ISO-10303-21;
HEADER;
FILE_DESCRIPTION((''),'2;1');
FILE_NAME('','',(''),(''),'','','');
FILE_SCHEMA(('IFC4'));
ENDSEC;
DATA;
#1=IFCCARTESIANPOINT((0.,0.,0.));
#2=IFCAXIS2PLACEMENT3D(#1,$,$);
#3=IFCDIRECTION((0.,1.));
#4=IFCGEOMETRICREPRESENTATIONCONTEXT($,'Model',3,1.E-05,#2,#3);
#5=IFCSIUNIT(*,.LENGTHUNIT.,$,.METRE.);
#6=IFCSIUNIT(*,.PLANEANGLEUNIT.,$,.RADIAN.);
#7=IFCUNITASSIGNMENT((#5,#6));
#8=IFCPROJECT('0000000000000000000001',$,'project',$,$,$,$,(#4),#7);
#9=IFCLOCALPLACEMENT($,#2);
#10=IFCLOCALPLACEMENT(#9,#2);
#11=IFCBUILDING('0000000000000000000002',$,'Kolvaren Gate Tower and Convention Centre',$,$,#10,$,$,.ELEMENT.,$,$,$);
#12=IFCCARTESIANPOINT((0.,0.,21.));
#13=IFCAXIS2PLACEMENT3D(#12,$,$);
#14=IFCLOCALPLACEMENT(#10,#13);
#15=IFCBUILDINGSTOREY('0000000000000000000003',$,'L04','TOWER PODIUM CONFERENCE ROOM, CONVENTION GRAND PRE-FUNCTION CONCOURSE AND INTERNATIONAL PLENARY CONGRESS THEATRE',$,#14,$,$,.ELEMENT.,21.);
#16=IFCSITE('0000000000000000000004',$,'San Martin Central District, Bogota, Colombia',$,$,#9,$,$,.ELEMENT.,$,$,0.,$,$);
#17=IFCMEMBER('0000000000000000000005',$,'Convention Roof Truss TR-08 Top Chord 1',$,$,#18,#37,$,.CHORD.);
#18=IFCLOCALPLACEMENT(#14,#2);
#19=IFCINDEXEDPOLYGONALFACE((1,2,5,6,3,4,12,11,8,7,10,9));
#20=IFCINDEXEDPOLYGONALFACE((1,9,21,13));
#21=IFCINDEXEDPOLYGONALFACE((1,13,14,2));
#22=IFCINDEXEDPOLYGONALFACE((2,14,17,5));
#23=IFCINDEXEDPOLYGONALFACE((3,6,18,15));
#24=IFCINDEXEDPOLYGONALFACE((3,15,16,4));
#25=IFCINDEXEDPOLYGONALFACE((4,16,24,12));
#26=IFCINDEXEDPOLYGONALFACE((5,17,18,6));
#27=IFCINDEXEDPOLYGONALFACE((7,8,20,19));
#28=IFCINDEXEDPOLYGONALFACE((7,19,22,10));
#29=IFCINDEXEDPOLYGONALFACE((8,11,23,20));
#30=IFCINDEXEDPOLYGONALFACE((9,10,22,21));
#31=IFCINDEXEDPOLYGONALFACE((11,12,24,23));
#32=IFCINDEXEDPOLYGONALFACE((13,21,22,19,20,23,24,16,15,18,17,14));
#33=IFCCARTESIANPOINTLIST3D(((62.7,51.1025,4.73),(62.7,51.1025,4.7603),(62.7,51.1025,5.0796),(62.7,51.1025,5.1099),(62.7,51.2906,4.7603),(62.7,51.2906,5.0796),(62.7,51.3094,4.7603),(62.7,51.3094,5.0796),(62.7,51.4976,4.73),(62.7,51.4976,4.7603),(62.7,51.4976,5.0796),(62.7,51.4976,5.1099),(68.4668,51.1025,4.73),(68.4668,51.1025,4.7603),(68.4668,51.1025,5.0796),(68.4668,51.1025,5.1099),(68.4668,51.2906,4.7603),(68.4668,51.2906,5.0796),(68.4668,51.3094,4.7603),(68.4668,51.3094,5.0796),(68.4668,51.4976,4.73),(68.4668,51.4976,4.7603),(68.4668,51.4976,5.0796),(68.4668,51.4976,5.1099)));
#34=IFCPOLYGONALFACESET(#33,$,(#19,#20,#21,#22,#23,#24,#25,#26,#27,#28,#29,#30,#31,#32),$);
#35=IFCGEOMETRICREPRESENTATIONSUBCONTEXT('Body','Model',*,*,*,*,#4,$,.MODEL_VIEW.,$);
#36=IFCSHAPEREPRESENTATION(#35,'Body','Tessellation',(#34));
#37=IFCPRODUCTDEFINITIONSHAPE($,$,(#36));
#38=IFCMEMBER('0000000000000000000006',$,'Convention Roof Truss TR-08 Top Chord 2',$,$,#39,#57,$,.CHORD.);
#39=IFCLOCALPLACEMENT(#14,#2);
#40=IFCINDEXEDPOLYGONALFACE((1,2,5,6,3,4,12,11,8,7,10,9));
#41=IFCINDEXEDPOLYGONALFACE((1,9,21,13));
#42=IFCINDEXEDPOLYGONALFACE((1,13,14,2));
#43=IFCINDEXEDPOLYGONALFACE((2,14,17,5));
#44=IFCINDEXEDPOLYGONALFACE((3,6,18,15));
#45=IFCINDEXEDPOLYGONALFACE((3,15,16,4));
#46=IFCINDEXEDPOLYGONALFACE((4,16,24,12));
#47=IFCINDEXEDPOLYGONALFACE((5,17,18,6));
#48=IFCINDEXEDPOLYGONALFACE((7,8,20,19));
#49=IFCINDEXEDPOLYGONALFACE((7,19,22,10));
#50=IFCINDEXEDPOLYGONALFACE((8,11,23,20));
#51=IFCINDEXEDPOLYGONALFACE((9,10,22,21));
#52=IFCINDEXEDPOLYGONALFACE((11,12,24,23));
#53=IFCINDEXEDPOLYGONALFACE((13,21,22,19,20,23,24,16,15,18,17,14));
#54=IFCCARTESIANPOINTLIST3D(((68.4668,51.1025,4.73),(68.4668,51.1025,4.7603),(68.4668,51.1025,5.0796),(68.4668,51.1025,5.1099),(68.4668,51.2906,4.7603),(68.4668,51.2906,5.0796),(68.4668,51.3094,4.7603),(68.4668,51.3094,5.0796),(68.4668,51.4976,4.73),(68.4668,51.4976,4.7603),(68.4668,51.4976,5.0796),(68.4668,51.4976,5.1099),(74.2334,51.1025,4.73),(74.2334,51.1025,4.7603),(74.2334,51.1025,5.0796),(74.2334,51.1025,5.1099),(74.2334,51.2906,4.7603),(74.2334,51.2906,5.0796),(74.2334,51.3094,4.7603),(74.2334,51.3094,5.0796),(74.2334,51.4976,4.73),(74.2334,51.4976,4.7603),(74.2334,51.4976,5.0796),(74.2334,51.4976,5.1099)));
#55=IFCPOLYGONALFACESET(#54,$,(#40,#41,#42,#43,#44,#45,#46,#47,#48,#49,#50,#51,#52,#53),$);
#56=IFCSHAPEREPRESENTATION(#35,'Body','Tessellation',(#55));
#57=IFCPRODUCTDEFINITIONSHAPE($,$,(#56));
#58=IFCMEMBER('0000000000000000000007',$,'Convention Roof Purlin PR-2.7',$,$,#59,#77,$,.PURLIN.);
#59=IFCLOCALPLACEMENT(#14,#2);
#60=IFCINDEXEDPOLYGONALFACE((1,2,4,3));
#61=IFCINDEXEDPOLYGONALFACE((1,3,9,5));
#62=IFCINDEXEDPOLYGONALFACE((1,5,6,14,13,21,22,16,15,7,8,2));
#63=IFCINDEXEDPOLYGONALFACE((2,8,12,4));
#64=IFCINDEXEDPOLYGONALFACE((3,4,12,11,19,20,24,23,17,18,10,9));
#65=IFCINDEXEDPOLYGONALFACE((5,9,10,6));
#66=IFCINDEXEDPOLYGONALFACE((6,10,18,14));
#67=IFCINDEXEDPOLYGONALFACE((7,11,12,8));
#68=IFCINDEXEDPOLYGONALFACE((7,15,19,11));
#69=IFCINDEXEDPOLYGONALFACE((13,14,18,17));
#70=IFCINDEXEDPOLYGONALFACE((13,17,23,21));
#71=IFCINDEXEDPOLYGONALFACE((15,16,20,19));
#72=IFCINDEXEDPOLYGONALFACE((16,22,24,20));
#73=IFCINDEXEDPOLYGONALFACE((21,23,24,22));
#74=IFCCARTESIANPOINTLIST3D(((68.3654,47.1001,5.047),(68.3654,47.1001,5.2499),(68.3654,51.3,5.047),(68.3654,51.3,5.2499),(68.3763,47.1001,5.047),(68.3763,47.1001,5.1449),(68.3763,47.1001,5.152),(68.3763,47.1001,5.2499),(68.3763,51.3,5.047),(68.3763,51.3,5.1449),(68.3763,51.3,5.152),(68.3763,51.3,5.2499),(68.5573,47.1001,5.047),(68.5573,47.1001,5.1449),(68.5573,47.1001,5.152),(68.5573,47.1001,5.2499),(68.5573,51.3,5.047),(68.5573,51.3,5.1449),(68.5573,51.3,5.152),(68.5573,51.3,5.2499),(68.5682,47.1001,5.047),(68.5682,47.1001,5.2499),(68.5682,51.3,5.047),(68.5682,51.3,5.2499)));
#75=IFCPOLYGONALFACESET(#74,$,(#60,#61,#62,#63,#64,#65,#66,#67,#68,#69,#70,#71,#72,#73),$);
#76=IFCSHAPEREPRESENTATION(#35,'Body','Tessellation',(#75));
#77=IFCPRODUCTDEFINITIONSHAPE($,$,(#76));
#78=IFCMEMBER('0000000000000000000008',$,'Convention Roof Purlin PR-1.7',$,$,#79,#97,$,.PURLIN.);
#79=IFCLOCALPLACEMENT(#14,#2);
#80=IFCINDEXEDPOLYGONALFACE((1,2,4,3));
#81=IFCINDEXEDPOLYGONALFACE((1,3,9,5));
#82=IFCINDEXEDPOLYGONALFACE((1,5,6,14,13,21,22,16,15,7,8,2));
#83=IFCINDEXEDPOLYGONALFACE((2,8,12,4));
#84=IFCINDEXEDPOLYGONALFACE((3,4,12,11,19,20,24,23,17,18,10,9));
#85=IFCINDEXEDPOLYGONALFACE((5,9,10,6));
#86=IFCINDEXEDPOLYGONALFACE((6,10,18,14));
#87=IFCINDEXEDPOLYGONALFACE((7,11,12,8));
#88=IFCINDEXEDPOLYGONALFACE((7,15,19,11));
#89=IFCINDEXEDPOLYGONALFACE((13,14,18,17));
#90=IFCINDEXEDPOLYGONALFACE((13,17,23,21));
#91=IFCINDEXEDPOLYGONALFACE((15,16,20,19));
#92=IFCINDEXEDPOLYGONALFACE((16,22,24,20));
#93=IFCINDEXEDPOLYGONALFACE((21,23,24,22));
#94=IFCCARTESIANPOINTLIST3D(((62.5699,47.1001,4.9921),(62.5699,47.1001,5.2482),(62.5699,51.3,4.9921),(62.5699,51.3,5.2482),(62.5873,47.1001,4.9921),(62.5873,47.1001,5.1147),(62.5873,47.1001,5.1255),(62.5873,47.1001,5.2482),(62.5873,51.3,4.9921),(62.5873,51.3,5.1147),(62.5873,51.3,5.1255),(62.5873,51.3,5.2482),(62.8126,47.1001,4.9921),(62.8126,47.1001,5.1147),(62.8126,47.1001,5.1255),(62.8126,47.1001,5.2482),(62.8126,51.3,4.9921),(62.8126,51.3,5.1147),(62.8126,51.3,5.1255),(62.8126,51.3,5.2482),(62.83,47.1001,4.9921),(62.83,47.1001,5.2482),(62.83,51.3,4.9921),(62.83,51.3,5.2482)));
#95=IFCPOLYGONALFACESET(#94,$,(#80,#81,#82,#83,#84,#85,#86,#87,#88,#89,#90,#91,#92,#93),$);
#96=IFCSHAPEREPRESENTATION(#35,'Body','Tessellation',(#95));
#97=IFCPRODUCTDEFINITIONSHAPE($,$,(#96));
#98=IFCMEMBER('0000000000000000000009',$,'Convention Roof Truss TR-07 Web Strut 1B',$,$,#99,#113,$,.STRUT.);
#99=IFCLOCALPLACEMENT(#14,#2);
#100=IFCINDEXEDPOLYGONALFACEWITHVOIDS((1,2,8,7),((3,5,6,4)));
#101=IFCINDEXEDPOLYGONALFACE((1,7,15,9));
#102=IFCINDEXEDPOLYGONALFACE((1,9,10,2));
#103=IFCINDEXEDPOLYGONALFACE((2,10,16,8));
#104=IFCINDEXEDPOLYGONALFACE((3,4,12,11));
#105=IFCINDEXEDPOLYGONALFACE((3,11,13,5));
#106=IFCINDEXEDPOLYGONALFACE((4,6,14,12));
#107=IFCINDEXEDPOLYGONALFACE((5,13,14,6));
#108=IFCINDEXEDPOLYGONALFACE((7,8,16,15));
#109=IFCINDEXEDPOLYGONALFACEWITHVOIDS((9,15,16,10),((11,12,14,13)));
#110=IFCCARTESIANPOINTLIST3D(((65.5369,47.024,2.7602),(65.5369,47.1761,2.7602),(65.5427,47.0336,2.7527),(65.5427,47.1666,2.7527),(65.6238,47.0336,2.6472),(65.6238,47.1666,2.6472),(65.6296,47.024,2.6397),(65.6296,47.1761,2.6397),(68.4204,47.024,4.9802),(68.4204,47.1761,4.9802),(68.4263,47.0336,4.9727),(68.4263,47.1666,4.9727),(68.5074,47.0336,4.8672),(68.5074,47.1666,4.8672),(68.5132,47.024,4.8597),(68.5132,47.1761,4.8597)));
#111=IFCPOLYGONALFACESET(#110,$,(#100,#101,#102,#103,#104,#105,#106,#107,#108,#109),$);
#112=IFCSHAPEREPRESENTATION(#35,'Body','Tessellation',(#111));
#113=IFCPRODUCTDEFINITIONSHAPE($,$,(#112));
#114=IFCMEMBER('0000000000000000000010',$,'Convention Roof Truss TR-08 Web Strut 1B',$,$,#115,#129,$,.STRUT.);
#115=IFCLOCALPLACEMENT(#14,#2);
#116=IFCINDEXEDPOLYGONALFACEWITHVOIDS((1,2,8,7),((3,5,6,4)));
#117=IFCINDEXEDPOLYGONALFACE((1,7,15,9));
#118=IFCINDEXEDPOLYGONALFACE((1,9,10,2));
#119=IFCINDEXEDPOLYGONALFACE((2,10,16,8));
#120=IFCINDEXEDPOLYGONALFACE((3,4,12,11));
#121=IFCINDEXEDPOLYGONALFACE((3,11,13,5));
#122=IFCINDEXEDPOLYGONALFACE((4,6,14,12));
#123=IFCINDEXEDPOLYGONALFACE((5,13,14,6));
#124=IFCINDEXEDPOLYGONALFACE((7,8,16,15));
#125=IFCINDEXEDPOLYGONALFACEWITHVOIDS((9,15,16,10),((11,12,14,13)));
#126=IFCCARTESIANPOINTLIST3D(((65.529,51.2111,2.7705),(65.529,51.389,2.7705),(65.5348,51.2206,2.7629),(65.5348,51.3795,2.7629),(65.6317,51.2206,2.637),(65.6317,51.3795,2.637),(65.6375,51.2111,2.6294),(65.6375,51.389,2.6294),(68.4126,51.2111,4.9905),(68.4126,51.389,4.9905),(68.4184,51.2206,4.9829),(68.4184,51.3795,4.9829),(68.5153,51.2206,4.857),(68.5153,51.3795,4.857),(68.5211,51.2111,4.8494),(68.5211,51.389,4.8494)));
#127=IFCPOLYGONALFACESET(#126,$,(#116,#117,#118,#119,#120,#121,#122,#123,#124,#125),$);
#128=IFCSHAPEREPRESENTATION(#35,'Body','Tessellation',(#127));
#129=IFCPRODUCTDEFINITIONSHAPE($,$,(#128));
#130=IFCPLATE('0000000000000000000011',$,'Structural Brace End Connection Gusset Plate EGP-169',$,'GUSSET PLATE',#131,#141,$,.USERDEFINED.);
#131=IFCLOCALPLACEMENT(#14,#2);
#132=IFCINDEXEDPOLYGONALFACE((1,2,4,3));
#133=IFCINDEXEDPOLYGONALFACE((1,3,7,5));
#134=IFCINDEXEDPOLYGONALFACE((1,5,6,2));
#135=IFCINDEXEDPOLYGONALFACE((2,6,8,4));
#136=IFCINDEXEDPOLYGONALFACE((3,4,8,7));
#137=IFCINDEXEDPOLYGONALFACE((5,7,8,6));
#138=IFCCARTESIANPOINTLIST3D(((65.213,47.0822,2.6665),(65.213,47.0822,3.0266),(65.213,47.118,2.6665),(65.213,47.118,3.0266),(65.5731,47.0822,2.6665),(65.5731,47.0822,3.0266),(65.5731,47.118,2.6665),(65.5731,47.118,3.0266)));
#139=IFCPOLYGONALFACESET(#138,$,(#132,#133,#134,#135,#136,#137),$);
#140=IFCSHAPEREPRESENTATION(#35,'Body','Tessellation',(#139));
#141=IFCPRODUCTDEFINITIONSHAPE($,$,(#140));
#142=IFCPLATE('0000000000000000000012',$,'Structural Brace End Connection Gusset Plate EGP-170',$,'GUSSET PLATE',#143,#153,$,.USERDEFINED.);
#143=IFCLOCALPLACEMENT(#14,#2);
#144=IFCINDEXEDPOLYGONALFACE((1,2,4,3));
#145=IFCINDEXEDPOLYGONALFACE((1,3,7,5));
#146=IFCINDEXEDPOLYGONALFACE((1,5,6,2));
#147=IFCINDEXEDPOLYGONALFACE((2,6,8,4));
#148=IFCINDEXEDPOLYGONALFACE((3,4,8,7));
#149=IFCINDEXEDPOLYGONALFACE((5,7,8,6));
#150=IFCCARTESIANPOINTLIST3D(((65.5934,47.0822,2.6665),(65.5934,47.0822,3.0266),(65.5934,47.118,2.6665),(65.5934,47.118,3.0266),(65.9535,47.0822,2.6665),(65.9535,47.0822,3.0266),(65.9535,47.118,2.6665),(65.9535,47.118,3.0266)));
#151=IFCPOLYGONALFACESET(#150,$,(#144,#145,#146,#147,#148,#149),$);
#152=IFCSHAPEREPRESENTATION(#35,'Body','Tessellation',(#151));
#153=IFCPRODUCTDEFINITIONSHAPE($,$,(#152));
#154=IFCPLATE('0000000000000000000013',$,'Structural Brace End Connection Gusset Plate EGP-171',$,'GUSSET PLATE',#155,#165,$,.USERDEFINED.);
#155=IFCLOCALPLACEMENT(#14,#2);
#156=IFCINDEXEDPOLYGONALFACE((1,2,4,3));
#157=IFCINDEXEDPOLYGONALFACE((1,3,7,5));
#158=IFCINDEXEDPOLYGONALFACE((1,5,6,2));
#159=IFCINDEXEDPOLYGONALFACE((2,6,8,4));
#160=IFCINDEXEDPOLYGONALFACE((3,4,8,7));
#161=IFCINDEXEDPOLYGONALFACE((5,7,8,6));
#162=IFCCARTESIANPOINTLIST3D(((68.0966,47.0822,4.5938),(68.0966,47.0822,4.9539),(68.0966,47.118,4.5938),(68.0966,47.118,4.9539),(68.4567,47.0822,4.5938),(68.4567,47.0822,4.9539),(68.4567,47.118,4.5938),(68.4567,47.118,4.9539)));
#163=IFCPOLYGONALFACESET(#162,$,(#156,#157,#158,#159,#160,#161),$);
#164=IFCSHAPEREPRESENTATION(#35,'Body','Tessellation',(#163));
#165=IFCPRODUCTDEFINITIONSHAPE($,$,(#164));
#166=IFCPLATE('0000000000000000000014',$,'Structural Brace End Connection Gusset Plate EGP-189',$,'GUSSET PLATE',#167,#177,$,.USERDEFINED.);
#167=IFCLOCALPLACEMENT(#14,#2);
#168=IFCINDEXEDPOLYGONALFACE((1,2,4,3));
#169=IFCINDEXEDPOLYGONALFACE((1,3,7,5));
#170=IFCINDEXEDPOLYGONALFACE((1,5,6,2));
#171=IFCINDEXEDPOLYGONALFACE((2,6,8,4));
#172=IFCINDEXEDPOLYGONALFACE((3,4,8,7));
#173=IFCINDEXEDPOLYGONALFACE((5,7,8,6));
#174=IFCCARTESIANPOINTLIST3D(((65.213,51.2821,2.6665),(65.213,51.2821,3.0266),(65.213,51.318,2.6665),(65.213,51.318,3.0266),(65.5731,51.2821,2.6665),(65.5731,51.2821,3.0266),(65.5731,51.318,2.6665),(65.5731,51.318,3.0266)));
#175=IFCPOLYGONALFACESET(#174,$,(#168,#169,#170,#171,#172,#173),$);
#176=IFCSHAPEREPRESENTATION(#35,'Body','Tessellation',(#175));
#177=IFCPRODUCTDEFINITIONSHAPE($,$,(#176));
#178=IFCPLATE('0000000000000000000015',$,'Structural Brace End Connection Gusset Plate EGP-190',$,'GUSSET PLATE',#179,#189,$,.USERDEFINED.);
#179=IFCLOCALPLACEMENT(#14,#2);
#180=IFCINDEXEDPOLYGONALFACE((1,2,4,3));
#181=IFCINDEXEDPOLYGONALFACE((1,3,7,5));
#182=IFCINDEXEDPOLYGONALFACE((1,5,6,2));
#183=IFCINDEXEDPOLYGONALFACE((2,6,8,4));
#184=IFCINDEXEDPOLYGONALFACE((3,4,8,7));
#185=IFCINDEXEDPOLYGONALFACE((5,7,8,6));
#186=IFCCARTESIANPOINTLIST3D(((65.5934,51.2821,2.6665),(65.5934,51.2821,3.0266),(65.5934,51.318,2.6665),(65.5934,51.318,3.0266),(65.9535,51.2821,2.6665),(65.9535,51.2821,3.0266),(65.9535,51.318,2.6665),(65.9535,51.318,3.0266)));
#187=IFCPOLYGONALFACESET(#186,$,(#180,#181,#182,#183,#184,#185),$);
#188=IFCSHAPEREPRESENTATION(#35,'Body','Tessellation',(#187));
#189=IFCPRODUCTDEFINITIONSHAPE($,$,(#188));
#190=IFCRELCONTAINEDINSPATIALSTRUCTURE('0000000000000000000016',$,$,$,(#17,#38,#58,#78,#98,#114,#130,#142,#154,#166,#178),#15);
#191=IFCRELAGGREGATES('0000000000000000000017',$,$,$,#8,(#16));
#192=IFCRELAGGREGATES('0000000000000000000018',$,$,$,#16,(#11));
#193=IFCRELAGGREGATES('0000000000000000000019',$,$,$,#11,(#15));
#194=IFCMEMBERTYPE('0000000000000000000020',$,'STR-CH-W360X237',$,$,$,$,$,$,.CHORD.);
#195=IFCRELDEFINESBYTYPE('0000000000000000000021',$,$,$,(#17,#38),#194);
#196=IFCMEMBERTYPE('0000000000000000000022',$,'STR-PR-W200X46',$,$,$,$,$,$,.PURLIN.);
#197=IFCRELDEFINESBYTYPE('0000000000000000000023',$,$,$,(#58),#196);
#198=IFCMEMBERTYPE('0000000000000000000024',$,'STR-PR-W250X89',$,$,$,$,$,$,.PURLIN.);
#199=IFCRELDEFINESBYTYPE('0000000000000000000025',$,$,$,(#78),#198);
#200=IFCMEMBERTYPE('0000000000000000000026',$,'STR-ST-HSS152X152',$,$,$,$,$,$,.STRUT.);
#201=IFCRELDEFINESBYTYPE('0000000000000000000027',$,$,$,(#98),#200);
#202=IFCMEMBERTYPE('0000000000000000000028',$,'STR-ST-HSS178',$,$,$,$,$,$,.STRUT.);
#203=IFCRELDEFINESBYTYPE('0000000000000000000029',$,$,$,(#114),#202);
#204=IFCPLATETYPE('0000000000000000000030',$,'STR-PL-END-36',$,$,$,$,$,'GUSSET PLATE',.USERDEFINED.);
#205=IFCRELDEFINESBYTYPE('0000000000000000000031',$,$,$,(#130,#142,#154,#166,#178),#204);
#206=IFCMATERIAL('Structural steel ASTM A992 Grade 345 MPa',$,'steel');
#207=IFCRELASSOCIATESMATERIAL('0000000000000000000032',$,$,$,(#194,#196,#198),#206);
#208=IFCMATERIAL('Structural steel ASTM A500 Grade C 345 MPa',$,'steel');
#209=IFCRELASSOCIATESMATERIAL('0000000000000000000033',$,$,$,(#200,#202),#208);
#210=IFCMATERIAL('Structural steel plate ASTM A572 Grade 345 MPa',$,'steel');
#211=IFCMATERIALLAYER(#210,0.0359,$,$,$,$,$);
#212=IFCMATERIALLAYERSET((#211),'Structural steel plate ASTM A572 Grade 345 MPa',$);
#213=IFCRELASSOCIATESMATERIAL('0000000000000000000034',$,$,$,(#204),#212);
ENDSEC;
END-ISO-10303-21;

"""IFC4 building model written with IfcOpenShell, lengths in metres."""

from ifc_helpers import new_model, si_unit, direction, frame, origin, origin_2d, place, context, subcontext, project, spatial, rectangle, hollow_rectangle, i_section, extrude, material, layer, layer_set, material_profile, profile_set, type_object, element, save


model = new_model("IFC4")

# Units and contexts
model_context = context("Model", 3, precision=1e-05, world=origin(), true_north=direction((0.0, 1.0)))
body_context = subcontext(model_context, "Body", "Model", "MODEL_VIEW")
ifc_project = project(units=[si_unit("LENGTHUNIT", "METRE"), si_unit("PLANEANGLEUNIT", "RADIAN")], contexts=[model_context])

# Site, building, storey
site_placement = place(None, origin())
site = spatial("IfcSite", under=ifc_project, at=site_placement, Name="San Martin Central District, Bogota, Colombia", CompositionType="ELEMENT", RefElevation=0.0)
building_placement = place(site_placement, origin())
building = spatial("IfcBuilding", under=site, at=building_placement, Name="Kolvaren Gate Tower and Convention Centre", CompositionType="ELEMENT")
storey_placement = place(building_placement, frame((0.0, 0.0, 21.0)))
storey = spatial("IfcBuildingStorey", under=building, at=storey_placement, Name="L04", Description="TOWER PODIUM CONFERENCE ROOM, CONVENTION GRAND PRE-FUNCTION CONCOURSE AND INTERNATIONAL PLENARY CONGRESS THEATRE", CompositionType="ELEMENT", Elevation=21.0)

# Members
ifc_material_1 = material(Name="Structural steel ASTM A500 Grade C 345 MPa", Category="steel")
ifc_material_2 = material(Name="Structural steel ASTM A992 Grade 345 MPa", Category="steel")
ifc_material_profile_1 = material_profile(ifc_material_2, i_section(OverallWidth=0.395, OverallDepth=0.3799, WebThickness=0.0188, FlangeThickness=0.0303, at=origin_2d()), Name="W360X237")
ifc_profile_set_1 = profile_set([ifc_material_profile_1], Name="Structural steel ASTM A992 Grade 345 MPa")
member_type_1 = type_object("IfcMemberType", Name="STR-CH-W360X237", PredefinedType="CHORD", material=ifc_profile_set_1)
member_1_placement = place(storey_placement, frame((62.7, 51.3, 4.9199), z_axis=(1.0, 0.0, 0.0), x_axis=(0.0, 1.0, 0.0)))
element("IfcMember", 1, at=member_1_placement, inside=storey, type_object=member_type_1, Name="Convention Roof Truss TR-08 Top Chord 1", PredefinedType="CHORD", context=body_context, shape_type="SweptSolid", body=[
    extrude(i_section(OverallWidth=0.395, OverallDepth=0.3799, WebThickness=0.0188, FlangeThickness=0.0303, at=origin_2d()), origin(), (0.0, 0.0, 1.0), 5.7668),
])
member_2_placement = place(storey_placement, frame((68.4668, 51.3, 4.9199), z_axis=(1.0, 0.0, 0.0), x_axis=(0.0, 1.0, 0.0)))
element("IfcMember", 2, at=member_2_placement, inside=storey, type_object=member_type_1, Name="Convention Roof Truss TR-08 Top Chord 2", PredefinedType="CHORD", context=body_context, shape_type="SweptSolid", body=[
    extrude(i_section(OverallWidth=0.395, OverallDepth=0.3799, WebThickness=0.0188, FlangeThickness=0.0303, at=origin_2d()), origin(), (0.0, 0.0, 1.0), 5.7666),
])
ifc_material_profile_2 = material_profile(ifc_material_2, i_section(OverallWidth=0.2029, OverallDepth=0.2029, WebThickness=0.0071, FlangeThickness=0.011, at=origin_2d()), Name="W200X46")
ifc_profile_set_2 = profile_set([ifc_material_profile_2], Name="Structural steel ASTM A992 Grade 345 MPa")
member_type_2 = type_object("IfcMemberType", Name="STR-PR-W200X46", PredefinedType="PURLIN", material=ifc_profile_set_2)
member_3_placement = place(storey_placement, frame((68.4668, 47.1001, 5.1484), z_axis=(0.0, 1.0, 0.0), x_axis=(0.0, 0.0, 1.0)))
element("IfcMember", 3, at=member_3_placement, inside=storey, type_object=member_type_2, Name="Convention Roof Purlin PR-2.7", PredefinedType="PURLIN", context=body_context, shape_type="SweptSolid", body=[
    extrude(i_section(OverallWidth=0.2029, OverallDepth=0.2029, WebThickness=0.0071, FlangeThickness=0.011, at=origin_2d()), origin(), (0.0, 0.0, 1.0), 4.2),
])
ifc_material_profile_3 = material_profile(ifc_material_2, i_section(OverallWidth=0.2561, OverallDepth=0.26, WebThickness=0.0107, FlangeThickness=0.0173, at=origin_2d()), Name="W250X89")
ifc_profile_set_3 = profile_set([ifc_material_profile_3], Name="Structural steel ASTM A992 Grade 345 MPa")
member_type_3 = type_object("IfcMemberType", Name="STR-PR-W250X89", PredefinedType="PURLIN", material=ifc_profile_set_3)
member_4_placement = place(storey_placement, frame((62.7, 47.1001, 5.1201), z_axis=(0.0, 1.0, 0.0), x_axis=(0.0, 0.0, 1.0)))
element("IfcMember", 4, at=member_4_placement, inside=storey, type_object=member_type_3, Name="Convention Roof Purlin PR-1.7", PredefinedType="PURLIN", context=body_context, shape_type="SweptSolid", body=[
    extrude(i_section(OverallWidth=0.2561, OverallDepth=0.26, WebThickness=0.0107, FlangeThickness=0.0173, at=origin_2d()), origin(), (0.0, 0.0, 1.0), 4.2),
])
ifc_material_profile_4 = material_profile(ifc_material_1, hollow_rectangle(XDim=0.1521, YDim=0.1521, WallThickness=0.0095, at=origin_2d()), Name="HSS152X152X9.5")
ifc_profile_set_4 = profile_set([ifc_material_profile_4], Name="Structural steel ASTM A500 Grade C 345 MPa")
member_type_4 = type_object("IfcMemberType", Name="STR-ST-HSS152X152", PredefinedType="STRUT", material=ifc_profile_set_4)
member_5_placement = place(storey_placement, frame((65.5833, 47.1001, 2.7), z_axis=(0.792377, 0.0, 0.610032), x_axis=(0.0, 1.0, 0.0)))
element("IfcMember", 5, at=member_5_placement, inside=storey, type_object=member_type_4, Name="Convention Roof Truss TR-07 Web Strut 1B", PredefinedType="STRUT", context=body_context, shape_type="SweptSolid", body=[
    extrude(hollow_rectangle(XDim=0.1521, YDim=0.1521, WallThickness=0.0095, at=origin_2d()), origin(), (0.0, 0.0, 1.0), 3.6392),
])
ifc_material_profile_5 = material_profile(ifc_material_1, hollow_rectangle(XDim=0.178, YDim=0.178, WallThickness=0.0095, at=origin_2d()), Name="HSS178X178X9.5")
ifc_profile_set_5 = profile_set([ifc_material_profile_5], Name="Structural steel ASTM A500 Grade C 345 MPa")
member_type_5 = type_object("IfcMemberType", Name="STR-ST-HSS178", PredefinedType="STRUT", material=ifc_profile_set_5)
member_6_placement = place(storey_placement, frame((65.5833, 51.3, 2.7), z_axis=(0.792377, 0.0, 0.610032), x_axis=(0.0, 1.0, 0.0)))
element("IfcMember", 6, at=member_6_placement, inside=storey, type_object=member_type_5, Name="Convention Roof Truss TR-08 Web Strut 1B", PredefinedType="STRUT", context=body_context, shape_type="SweptSolid", body=[
    extrude(hollow_rectangle(XDim=0.178, YDim=0.178, WallThickness=0.0095, at=origin_2d()), origin(), (0.0, 0.0, 1.0), 3.6392),
])

# Plates
ifc_material_3 = material(Name="Structural steel plate ASTM A572 Grade 345 MPa", Category="steel")
ifc_layer_1 = layer(ifc_material_3, 0.0359)
ifc_layer_set_1 = layer_set([ifc_layer_1], Name="Structural steel plate ASTM A572 Grade 345 MPa")
plate_type_1 = type_object("IfcPlateType", Name="STR-PL-END-36", ElementType="GUSSET PLATE", PredefinedType="USERDEFINED", material=ifc_layer_set_1)
for number, where, z_axis, x_axis, name in (
    (7, (65.3931, 47.1001, 2.6665), (0.0, 0.0, 1.0), (1.0, 0.0, 0.0), "Structural Brace End Connection Gusset Plate EGP-169"),
    (8, (65.7734, 47.1001, 2.6665), (0.0, 0.0, 1.0), (1.0, 0.0, 0.0), "Structural Brace End Connection Gusset Plate EGP-170"),
    (9, (68.2766, 47.1001, 4.5938), (0.0, 0.0, 1.0), (1.0, 0.0, 0.0), "Structural Brace End Connection Gusset Plate EGP-171"),
    (10, (65.3931, 51.3, 2.6665), (0.0, 0.0, 1.0), (1.0, 0.0, 0.0), "Structural Brace End Connection Gusset Plate EGP-189"),
    (11, (65.7734, 51.3, 2.6665), (0.0, 0.0, 1.0), (1.0, 0.0, 0.0), "Structural Brace End Connection Gusset Plate EGP-190"),
):
    element("IfcPlate", number, at=place(storey_placement, frame(where, z_axis=z_axis, x_axis=x_axis)), inside=storey, type_object=plate_type_1, Name=name, ObjectType="GUSSET PLATE", PredefinedType="USERDEFINED", context=body_context, shape_type="SweptSolid", body=[
        extrude(rectangle(XDim=0.3601, YDim=0.0359, at=origin_2d()), origin(), (0.0, 0.0, 1.0), 0.3601),
    ])

save(model, "model.ifc")
